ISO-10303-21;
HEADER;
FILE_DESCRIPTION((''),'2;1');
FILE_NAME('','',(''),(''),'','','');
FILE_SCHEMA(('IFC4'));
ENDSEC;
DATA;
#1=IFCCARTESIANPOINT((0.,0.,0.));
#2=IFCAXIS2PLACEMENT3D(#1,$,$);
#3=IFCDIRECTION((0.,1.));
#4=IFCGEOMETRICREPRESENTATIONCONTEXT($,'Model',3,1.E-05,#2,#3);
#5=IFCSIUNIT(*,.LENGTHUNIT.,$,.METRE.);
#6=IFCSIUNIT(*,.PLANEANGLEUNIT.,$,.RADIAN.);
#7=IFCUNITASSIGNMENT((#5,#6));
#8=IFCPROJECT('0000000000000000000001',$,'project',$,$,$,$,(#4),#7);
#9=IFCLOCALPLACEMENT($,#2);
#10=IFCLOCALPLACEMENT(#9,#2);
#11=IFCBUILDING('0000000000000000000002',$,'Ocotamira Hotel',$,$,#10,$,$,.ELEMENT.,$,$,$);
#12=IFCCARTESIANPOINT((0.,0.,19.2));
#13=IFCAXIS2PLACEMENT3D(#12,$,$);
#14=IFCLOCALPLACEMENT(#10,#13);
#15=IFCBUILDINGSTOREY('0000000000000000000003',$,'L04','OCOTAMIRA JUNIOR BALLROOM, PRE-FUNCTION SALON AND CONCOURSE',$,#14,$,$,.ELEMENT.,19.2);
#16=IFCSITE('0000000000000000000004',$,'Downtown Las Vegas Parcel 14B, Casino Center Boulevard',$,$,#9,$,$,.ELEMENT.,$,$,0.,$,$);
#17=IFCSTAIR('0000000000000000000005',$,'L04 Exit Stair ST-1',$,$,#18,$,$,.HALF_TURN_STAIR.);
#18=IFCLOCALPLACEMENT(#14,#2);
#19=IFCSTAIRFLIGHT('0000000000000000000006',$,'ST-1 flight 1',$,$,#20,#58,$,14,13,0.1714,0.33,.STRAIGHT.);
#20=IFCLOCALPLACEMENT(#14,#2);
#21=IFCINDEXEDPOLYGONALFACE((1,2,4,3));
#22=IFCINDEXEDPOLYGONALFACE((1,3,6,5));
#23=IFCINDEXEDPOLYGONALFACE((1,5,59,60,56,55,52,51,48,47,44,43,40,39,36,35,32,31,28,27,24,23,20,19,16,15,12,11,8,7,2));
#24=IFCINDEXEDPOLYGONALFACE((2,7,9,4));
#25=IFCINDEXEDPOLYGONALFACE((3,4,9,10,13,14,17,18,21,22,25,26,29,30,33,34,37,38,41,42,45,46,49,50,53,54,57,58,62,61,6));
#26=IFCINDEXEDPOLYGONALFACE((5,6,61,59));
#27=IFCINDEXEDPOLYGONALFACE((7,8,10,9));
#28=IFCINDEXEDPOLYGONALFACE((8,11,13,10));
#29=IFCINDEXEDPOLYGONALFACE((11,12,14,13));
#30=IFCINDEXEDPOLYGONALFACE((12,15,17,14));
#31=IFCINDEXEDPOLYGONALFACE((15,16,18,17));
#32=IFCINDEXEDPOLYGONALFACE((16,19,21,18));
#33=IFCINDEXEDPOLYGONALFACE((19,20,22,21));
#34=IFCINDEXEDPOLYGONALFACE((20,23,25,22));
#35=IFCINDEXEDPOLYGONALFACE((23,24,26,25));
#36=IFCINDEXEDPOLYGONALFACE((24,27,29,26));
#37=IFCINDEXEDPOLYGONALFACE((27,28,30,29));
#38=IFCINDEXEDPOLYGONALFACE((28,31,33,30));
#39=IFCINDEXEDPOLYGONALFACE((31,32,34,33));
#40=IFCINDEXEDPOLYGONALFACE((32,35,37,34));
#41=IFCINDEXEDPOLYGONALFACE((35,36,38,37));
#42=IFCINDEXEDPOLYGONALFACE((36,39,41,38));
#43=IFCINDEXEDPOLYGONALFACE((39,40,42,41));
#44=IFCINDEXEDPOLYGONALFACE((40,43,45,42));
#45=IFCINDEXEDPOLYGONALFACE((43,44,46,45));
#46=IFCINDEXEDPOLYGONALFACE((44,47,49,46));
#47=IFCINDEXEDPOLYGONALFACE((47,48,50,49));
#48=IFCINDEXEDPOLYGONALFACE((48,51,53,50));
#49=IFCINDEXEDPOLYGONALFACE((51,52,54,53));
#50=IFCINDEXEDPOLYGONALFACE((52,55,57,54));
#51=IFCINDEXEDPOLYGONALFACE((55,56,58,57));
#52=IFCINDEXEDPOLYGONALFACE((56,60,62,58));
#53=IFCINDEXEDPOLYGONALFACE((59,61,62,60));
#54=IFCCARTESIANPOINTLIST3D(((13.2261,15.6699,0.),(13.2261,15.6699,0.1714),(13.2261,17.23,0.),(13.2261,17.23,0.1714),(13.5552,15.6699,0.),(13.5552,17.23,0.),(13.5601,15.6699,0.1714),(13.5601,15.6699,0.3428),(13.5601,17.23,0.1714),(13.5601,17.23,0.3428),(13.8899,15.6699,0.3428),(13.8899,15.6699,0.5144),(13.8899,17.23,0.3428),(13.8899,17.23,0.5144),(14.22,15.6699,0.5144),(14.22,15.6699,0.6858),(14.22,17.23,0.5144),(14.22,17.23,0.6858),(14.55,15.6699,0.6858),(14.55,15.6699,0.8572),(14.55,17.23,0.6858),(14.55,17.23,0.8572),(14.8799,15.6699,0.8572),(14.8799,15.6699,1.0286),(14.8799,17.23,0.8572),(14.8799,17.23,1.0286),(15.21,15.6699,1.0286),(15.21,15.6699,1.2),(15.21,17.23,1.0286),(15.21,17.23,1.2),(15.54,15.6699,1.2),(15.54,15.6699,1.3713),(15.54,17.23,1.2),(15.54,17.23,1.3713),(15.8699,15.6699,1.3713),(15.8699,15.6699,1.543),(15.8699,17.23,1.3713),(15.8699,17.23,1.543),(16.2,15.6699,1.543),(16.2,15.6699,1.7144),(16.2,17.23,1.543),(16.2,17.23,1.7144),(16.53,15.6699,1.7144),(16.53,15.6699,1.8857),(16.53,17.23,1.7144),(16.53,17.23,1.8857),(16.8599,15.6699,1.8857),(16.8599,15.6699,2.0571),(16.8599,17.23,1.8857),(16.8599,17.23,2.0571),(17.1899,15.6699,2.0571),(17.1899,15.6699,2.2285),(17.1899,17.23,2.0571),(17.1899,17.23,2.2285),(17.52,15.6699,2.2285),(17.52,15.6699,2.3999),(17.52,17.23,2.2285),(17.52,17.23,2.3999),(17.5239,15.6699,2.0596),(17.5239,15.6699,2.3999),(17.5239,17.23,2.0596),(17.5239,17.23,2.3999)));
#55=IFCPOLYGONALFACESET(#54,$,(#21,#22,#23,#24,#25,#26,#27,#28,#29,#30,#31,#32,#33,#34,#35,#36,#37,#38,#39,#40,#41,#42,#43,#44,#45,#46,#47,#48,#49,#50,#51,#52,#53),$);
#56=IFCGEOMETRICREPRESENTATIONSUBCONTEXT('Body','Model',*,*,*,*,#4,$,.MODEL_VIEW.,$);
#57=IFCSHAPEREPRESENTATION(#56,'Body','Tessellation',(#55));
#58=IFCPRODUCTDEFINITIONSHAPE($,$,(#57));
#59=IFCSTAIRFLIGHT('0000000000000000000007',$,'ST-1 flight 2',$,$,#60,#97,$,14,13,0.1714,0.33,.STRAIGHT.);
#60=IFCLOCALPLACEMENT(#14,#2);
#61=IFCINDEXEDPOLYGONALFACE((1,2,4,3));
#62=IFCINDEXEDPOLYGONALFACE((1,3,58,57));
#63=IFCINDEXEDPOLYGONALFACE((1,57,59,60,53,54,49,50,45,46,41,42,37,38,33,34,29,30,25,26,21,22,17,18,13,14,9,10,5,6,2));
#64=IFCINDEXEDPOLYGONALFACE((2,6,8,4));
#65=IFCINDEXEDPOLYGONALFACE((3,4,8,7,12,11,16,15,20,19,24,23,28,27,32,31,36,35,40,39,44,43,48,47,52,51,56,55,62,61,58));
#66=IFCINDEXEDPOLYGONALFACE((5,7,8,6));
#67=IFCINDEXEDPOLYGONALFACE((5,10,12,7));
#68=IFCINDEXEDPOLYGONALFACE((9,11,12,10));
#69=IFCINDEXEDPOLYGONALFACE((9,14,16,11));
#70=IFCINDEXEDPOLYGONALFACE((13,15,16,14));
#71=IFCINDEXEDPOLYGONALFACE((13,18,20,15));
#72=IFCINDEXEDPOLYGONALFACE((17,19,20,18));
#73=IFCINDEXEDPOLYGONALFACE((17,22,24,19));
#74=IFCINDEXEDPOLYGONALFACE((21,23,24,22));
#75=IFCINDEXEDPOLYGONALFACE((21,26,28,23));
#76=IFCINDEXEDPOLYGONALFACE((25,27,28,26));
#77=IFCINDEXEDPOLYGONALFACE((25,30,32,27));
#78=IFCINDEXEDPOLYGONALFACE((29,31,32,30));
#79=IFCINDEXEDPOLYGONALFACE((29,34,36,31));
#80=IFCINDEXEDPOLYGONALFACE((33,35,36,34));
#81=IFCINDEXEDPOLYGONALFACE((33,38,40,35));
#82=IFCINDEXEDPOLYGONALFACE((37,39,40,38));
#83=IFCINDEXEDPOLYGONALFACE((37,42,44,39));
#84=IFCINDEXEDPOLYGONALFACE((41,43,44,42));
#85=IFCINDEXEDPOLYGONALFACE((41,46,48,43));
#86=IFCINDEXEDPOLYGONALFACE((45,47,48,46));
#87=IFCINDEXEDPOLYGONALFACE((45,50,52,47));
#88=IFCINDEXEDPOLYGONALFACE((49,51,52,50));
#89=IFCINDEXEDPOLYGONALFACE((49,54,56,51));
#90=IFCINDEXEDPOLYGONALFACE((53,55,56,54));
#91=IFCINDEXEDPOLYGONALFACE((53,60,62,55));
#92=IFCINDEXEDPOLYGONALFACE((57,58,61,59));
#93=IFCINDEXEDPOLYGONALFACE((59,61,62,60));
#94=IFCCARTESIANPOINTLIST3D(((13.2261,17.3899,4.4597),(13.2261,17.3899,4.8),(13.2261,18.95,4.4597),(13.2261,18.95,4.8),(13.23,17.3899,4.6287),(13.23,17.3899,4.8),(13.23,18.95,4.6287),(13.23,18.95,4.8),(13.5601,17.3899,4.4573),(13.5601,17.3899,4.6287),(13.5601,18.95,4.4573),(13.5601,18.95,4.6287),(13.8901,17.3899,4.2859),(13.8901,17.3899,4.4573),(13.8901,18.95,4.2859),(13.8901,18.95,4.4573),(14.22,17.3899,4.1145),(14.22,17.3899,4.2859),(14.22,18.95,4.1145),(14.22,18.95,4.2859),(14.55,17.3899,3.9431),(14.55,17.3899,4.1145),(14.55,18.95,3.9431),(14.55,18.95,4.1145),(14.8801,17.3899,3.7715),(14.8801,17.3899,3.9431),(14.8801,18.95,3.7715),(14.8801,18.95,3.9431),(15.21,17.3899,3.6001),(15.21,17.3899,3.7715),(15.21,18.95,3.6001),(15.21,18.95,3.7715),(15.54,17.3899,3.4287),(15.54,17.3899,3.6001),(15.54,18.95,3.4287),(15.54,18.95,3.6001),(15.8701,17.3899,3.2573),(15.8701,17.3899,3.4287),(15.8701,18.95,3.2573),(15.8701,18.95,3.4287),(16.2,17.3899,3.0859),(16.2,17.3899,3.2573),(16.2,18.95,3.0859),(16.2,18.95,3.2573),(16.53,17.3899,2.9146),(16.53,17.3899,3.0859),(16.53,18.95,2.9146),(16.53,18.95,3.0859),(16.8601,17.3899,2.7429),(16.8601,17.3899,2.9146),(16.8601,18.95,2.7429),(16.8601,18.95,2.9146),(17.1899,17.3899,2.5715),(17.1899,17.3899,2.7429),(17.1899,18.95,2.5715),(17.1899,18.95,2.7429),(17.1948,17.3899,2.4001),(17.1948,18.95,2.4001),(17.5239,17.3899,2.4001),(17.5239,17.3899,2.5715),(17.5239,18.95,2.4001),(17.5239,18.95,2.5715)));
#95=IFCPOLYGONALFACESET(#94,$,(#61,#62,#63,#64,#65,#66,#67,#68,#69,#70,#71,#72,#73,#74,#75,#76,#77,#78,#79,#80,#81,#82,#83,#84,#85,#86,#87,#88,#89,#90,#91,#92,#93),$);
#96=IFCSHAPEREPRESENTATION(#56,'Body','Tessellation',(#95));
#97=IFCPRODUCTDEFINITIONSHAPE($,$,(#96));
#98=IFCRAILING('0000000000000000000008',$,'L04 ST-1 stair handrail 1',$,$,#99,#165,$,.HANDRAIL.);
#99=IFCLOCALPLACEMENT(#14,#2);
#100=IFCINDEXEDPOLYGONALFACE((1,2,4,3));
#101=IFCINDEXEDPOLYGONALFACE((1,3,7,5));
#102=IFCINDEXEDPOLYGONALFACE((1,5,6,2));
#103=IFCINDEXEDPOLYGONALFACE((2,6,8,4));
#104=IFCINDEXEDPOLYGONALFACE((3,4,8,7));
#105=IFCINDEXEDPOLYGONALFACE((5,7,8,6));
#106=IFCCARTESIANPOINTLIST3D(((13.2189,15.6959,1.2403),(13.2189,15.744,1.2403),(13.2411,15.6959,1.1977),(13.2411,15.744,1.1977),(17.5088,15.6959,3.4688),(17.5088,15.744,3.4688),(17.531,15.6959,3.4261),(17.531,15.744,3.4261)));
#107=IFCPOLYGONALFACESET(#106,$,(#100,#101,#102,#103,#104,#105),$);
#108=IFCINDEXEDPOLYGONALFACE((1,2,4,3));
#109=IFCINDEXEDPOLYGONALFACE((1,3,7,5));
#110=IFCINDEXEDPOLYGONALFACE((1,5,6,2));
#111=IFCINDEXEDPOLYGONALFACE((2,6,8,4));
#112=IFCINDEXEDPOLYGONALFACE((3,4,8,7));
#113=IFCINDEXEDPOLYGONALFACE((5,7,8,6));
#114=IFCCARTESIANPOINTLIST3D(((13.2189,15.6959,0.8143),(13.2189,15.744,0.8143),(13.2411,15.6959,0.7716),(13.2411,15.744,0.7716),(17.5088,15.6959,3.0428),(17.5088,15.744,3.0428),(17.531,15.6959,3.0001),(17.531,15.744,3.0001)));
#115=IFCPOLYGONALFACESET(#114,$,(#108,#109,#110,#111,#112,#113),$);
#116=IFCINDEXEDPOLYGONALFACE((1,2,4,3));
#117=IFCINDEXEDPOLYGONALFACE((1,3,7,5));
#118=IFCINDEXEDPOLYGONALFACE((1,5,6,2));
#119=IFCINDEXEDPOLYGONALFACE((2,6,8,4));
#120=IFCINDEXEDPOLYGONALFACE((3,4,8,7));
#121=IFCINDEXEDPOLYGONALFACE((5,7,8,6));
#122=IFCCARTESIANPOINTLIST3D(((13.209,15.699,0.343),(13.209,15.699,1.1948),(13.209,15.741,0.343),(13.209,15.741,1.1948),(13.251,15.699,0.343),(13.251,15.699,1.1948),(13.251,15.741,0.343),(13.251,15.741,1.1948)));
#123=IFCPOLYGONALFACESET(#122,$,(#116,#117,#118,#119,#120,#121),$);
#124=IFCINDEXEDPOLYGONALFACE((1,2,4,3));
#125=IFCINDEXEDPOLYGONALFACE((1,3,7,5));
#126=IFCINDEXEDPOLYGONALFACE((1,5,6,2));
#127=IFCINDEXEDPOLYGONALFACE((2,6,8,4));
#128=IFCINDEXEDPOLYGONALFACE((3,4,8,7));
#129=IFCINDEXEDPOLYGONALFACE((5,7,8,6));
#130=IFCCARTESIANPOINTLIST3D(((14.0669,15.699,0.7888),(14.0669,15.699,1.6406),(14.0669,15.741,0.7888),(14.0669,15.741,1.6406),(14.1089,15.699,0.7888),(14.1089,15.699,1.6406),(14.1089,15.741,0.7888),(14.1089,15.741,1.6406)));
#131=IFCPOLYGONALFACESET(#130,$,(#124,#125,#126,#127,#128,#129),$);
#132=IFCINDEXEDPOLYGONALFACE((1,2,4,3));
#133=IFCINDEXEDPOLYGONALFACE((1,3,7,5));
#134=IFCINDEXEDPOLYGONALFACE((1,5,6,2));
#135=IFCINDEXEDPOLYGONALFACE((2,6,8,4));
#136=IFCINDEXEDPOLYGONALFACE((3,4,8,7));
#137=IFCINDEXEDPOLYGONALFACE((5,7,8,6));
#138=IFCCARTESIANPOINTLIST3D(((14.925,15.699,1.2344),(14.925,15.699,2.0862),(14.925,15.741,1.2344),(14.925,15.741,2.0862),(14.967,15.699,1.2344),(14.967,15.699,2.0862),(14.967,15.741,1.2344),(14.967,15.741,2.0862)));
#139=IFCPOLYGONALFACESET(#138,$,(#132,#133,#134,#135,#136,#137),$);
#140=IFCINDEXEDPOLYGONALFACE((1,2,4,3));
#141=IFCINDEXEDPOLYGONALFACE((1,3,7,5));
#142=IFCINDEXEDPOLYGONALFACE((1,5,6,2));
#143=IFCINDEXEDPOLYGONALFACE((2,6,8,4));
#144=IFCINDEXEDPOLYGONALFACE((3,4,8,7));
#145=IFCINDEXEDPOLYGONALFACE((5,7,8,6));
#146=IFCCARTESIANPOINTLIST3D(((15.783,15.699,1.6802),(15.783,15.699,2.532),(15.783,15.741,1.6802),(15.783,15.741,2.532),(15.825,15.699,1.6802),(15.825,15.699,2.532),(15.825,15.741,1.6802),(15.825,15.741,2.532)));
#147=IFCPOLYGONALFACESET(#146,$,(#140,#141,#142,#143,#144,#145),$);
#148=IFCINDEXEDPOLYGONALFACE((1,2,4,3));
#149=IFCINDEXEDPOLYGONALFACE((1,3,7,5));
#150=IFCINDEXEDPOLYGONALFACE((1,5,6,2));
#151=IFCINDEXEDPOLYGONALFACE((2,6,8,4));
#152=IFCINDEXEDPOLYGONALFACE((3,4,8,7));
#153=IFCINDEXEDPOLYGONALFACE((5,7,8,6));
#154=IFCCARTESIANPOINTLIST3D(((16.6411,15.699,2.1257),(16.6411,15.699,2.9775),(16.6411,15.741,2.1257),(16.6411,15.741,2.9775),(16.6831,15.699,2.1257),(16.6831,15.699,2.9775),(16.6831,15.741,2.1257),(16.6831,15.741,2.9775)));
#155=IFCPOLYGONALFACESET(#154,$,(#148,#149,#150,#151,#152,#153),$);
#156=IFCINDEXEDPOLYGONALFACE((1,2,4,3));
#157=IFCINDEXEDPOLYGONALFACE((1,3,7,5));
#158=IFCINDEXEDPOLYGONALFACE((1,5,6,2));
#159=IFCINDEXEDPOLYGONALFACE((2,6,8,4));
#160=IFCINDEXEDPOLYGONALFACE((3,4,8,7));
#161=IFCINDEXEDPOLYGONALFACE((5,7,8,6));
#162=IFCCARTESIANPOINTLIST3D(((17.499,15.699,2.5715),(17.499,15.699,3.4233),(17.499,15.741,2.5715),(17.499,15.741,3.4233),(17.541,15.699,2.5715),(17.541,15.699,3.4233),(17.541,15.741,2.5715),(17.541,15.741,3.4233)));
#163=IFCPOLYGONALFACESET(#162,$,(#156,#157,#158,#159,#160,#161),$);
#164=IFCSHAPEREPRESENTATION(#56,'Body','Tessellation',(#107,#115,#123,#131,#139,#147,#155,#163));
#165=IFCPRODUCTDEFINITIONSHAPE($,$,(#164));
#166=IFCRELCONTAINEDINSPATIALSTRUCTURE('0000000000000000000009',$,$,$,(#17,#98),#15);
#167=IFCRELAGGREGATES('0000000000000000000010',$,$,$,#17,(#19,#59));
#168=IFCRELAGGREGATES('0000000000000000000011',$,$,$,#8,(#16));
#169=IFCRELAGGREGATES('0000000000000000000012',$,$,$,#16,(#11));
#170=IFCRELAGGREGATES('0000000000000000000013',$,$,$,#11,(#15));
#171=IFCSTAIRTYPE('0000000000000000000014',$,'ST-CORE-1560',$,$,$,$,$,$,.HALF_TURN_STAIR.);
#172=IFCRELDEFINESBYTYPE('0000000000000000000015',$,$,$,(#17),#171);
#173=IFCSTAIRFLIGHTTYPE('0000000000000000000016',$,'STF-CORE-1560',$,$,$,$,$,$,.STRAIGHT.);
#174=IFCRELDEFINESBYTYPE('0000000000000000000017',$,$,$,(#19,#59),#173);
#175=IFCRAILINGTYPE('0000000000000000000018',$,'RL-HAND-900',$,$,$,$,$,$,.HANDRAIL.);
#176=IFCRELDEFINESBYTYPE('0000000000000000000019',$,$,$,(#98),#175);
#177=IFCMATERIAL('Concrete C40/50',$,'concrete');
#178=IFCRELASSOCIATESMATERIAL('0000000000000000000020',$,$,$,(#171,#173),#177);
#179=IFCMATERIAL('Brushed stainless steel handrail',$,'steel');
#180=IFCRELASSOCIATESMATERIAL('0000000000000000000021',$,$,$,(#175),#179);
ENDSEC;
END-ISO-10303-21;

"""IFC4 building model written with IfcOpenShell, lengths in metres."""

from ifc_helpers import new_model, si_unit, direction, frame, origin, origin_2d, place, context, subcontext, project, spatial, polyline, rectangle, outline, extrude, source, transform, mapped, material, type_object, element, aggregate, save


model = new_model("IFC4")

# Units and contexts
model_context = context("Model", 3, precision=1e-05, world=origin(), true_north=direction((0.0, 1.0)))
body_context = subcontext(model_context, "Body", "Model", "MODEL_VIEW")
ifc_project = project(units=[si_unit("LENGTHUNIT", "METRE"), si_unit("PLANEANGLEUNIT", "RADIAN")], contexts=[model_context])

# Site, building, storey
site_placement = place(None, origin())
site = spatial("IfcSite", under=ifc_project, at=site_placement, Name="Downtown Las Vegas Parcel 14B, Casino Center Boulevard", CompositionType="ELEMENT", RefElevation=0.0)
building_placement = place(site_placement, origin())
building = spatial("IfcBuilding", under=site, at=building_placement, Name="Ocotamira Hotel", CompositionType="ELEMENT")
storey_placement = place(building_placement, frame((0.0, 0.0, 19.2)))
storey = spatial("IfcBuildingStorey", under=building, at=storey_placement, Name="L04", Description="OCOTAMIRA JUNIOR BALLROOM, PRE-FUNCTION SALON AND CONCOURSE", CompositionType="ELEMENT", Elevation=19.2)

# Stair, stair flights
ifc_material_1 = material(Name="Concrete C40/50", Category="concrete")
stair_type = type_object("IfcStairType", Name="ST-CORE-1560", PredefinedType="HALF_TURN_STAIR", material=ifc_material_1)
stair_placement = place(storey_placement, origin())
stair = element("IfcStair", 1, at=stair_placement, inside=storey, type_object=stair_type, Name="L04 Exit Stair ST-1", PredefinedType="HALF_TURN_STAIR")
stair_flight_type = type_object("IfcStairFlightType", Name="STF-CORE-1560", PredefinedType="STRAIGHT", material=ifc_material_1)
shared_shape_1 = source(origin(), body_context, "Body", "SweptSolid", [
    extrude(outline(polyline([(-0.0039, 0.0), (-0.0039, 0.1714), (0.3301, 0.1714), (0.3301, 0.3428), (0.6599, 0.3428), (0.6599, 0.5144), (0.99, 0.5144), (0.99, 0.6858), (1.3201, 0.6858), (1.3201, 0.8572), (1.6499, 0.8572), (1.6499, 1.0286), (1.98, 1.0286), (1.98, 1.2), (2.3101, 1.2), (2.3101, 1.3713), (2.6399, 1.3713), (2.6399, 1.543), (2.97, 1.543), (2.97, 1.7144), (3.3, 1.7144), (3.3, 1.8857), (3.6299, 1.8857), (3.6299, 2.0571), (3.96, 2.0571), (3.96, 2.2285), (4.29, 2.2285), (4.29, 2.3999), (4.2939, 2.3999), (4.2939, 2.0596), (0.3252, 0.0), (-0.0039, 0.0)])), frame((0.0, 0.78, 0.0), z_axis=(0.0, -1.0, 0.0), x_axis=(1.0, 0.0, 0.0)), (0.0, 0.0, 1.0), 1.5601),
])
stair_flight_1_placement = place(storey_placement, frame((13.23, 16.45, 0.0), z_axis=(0.0, 0.0, 1.0), x_axis=(1.0, 0.0, 0.0)))
stair_flight_1 = element("IfcStairFlight", 2, at=stair_flight_1_placement, type_object=stair_flight_type, Name="ST-1 flight 1", NumberOfRisers=14, NumberOfTreads=13, PredefinedType="STRAIGHT", RiserHeight=0.1714, TreadLength=0.33, context=body_context, shape_type="MappedRepresentation", body=[
    mapped(shared_shape_1, transform((0.0, 0.0, 0.0), scale=1.0)),
])
stair_flight_2_placement = place(storey_placement, frame((17.52, 18.1699, 2.4001), z_axis=(0.0, 0.0, 1.0), x_axis=(-1.0, 0.0, 0.0)))
stair_flight_2 = element("IfcStairFlight", 3, at=stair_flight_2_placement, type_object=stair_flight_type, Name="ST-1 flight 2", NumberOfRisers=14, NumberOfTreads=13, PredefinedType="STRAIGHT", RiserHeight=0.1714, TreadLength=0.33, context=body_context, shape_type="MappedRepresentation", body=[
    mapped(shared_shape_1, transform((0.0, 0.0, 0.0), scale=1.0)),
])
aggregate(stair, [stair_flight_1, stair_flight_2])

# Railing
ifc_material_2 = material(Name="Brushed stainless steel handrail", Category="steel")
railing_type_1 = type_object("IfcRailingType", Name="RL-HAND-900", PredefinedType="HANDRAIL", material=ifc_material_2)
railing_1_placement = place(storey_placement, frame((13.23, 15.72, 0.343)))
element("IfcRailing", 4, at=railing_1_placement, inside=storey, type_object=railing_type_1, Name="L04 ST-1 stair handrail 1", PredefinedType="HANDRAIL", context=body_context, shape_type="SweptSolid", body=[
    extrude(rectangle(XDim=0.0481, YDim=0.0481, at=origin_2d()), frame((0.0, 0.0, 0.876), z_axis=(0.887412, 0.0, 0.460977), x_axis=(0.0, 1.0, 0.0)), (0.0, 0.0, 1.0), 4.8342),
    extrude(rectangle(XDim=0.0481, YDim=0.0481, at=origin_2d()), frame((0.0, 0.0, 0.45), z_axis=(0.887412, 0.0, 0.460977), x_axis=(0.0, 1.0, 0.0)), (0.0, 0.0, 1.0), 4.8342),
    extrude(rectangle(XDim=0.042, YDim=0.042, at=origin_2d()), origin(), (0.0, 0.0, 1.0), 0.8518),
    extrude(rectangle(XDim=0.042, YDim=0.042, at=origin_2d()), frame((0.8579, 0.0, 0.4458)), (0.0, 0.0, 1.0), 0.8518),
    extrude(rectangle(XDim=0.042, YDim=0.042, at=origin_2d()), frame((1.7161, 0.0, 0.8914)), (0.0, 0.0, 1.0), 0.8518),
    extrude(rectangle(XDim=0.042, YDim=0.042, at=origin_2d()), frame((2.574, 0.0, 1.3372)), (0.0, 0.0, 1.0), 0.8518),
    extrude(rectangle(XDim=0.042, YDim=0.042, at=origin_2d()), frame((3.4321, 0.0, 1.7827)), (0.0, 0.0, 1.0), 0.8518),
    extrude(rectangle(XDim=0.042, YDim=0.042, at=origin_2d()), frame((4.29, 0.0, 2.2285)), (0.0, 0.0, 1.0), 0.8518),
])

save(model, "model.ifc")
